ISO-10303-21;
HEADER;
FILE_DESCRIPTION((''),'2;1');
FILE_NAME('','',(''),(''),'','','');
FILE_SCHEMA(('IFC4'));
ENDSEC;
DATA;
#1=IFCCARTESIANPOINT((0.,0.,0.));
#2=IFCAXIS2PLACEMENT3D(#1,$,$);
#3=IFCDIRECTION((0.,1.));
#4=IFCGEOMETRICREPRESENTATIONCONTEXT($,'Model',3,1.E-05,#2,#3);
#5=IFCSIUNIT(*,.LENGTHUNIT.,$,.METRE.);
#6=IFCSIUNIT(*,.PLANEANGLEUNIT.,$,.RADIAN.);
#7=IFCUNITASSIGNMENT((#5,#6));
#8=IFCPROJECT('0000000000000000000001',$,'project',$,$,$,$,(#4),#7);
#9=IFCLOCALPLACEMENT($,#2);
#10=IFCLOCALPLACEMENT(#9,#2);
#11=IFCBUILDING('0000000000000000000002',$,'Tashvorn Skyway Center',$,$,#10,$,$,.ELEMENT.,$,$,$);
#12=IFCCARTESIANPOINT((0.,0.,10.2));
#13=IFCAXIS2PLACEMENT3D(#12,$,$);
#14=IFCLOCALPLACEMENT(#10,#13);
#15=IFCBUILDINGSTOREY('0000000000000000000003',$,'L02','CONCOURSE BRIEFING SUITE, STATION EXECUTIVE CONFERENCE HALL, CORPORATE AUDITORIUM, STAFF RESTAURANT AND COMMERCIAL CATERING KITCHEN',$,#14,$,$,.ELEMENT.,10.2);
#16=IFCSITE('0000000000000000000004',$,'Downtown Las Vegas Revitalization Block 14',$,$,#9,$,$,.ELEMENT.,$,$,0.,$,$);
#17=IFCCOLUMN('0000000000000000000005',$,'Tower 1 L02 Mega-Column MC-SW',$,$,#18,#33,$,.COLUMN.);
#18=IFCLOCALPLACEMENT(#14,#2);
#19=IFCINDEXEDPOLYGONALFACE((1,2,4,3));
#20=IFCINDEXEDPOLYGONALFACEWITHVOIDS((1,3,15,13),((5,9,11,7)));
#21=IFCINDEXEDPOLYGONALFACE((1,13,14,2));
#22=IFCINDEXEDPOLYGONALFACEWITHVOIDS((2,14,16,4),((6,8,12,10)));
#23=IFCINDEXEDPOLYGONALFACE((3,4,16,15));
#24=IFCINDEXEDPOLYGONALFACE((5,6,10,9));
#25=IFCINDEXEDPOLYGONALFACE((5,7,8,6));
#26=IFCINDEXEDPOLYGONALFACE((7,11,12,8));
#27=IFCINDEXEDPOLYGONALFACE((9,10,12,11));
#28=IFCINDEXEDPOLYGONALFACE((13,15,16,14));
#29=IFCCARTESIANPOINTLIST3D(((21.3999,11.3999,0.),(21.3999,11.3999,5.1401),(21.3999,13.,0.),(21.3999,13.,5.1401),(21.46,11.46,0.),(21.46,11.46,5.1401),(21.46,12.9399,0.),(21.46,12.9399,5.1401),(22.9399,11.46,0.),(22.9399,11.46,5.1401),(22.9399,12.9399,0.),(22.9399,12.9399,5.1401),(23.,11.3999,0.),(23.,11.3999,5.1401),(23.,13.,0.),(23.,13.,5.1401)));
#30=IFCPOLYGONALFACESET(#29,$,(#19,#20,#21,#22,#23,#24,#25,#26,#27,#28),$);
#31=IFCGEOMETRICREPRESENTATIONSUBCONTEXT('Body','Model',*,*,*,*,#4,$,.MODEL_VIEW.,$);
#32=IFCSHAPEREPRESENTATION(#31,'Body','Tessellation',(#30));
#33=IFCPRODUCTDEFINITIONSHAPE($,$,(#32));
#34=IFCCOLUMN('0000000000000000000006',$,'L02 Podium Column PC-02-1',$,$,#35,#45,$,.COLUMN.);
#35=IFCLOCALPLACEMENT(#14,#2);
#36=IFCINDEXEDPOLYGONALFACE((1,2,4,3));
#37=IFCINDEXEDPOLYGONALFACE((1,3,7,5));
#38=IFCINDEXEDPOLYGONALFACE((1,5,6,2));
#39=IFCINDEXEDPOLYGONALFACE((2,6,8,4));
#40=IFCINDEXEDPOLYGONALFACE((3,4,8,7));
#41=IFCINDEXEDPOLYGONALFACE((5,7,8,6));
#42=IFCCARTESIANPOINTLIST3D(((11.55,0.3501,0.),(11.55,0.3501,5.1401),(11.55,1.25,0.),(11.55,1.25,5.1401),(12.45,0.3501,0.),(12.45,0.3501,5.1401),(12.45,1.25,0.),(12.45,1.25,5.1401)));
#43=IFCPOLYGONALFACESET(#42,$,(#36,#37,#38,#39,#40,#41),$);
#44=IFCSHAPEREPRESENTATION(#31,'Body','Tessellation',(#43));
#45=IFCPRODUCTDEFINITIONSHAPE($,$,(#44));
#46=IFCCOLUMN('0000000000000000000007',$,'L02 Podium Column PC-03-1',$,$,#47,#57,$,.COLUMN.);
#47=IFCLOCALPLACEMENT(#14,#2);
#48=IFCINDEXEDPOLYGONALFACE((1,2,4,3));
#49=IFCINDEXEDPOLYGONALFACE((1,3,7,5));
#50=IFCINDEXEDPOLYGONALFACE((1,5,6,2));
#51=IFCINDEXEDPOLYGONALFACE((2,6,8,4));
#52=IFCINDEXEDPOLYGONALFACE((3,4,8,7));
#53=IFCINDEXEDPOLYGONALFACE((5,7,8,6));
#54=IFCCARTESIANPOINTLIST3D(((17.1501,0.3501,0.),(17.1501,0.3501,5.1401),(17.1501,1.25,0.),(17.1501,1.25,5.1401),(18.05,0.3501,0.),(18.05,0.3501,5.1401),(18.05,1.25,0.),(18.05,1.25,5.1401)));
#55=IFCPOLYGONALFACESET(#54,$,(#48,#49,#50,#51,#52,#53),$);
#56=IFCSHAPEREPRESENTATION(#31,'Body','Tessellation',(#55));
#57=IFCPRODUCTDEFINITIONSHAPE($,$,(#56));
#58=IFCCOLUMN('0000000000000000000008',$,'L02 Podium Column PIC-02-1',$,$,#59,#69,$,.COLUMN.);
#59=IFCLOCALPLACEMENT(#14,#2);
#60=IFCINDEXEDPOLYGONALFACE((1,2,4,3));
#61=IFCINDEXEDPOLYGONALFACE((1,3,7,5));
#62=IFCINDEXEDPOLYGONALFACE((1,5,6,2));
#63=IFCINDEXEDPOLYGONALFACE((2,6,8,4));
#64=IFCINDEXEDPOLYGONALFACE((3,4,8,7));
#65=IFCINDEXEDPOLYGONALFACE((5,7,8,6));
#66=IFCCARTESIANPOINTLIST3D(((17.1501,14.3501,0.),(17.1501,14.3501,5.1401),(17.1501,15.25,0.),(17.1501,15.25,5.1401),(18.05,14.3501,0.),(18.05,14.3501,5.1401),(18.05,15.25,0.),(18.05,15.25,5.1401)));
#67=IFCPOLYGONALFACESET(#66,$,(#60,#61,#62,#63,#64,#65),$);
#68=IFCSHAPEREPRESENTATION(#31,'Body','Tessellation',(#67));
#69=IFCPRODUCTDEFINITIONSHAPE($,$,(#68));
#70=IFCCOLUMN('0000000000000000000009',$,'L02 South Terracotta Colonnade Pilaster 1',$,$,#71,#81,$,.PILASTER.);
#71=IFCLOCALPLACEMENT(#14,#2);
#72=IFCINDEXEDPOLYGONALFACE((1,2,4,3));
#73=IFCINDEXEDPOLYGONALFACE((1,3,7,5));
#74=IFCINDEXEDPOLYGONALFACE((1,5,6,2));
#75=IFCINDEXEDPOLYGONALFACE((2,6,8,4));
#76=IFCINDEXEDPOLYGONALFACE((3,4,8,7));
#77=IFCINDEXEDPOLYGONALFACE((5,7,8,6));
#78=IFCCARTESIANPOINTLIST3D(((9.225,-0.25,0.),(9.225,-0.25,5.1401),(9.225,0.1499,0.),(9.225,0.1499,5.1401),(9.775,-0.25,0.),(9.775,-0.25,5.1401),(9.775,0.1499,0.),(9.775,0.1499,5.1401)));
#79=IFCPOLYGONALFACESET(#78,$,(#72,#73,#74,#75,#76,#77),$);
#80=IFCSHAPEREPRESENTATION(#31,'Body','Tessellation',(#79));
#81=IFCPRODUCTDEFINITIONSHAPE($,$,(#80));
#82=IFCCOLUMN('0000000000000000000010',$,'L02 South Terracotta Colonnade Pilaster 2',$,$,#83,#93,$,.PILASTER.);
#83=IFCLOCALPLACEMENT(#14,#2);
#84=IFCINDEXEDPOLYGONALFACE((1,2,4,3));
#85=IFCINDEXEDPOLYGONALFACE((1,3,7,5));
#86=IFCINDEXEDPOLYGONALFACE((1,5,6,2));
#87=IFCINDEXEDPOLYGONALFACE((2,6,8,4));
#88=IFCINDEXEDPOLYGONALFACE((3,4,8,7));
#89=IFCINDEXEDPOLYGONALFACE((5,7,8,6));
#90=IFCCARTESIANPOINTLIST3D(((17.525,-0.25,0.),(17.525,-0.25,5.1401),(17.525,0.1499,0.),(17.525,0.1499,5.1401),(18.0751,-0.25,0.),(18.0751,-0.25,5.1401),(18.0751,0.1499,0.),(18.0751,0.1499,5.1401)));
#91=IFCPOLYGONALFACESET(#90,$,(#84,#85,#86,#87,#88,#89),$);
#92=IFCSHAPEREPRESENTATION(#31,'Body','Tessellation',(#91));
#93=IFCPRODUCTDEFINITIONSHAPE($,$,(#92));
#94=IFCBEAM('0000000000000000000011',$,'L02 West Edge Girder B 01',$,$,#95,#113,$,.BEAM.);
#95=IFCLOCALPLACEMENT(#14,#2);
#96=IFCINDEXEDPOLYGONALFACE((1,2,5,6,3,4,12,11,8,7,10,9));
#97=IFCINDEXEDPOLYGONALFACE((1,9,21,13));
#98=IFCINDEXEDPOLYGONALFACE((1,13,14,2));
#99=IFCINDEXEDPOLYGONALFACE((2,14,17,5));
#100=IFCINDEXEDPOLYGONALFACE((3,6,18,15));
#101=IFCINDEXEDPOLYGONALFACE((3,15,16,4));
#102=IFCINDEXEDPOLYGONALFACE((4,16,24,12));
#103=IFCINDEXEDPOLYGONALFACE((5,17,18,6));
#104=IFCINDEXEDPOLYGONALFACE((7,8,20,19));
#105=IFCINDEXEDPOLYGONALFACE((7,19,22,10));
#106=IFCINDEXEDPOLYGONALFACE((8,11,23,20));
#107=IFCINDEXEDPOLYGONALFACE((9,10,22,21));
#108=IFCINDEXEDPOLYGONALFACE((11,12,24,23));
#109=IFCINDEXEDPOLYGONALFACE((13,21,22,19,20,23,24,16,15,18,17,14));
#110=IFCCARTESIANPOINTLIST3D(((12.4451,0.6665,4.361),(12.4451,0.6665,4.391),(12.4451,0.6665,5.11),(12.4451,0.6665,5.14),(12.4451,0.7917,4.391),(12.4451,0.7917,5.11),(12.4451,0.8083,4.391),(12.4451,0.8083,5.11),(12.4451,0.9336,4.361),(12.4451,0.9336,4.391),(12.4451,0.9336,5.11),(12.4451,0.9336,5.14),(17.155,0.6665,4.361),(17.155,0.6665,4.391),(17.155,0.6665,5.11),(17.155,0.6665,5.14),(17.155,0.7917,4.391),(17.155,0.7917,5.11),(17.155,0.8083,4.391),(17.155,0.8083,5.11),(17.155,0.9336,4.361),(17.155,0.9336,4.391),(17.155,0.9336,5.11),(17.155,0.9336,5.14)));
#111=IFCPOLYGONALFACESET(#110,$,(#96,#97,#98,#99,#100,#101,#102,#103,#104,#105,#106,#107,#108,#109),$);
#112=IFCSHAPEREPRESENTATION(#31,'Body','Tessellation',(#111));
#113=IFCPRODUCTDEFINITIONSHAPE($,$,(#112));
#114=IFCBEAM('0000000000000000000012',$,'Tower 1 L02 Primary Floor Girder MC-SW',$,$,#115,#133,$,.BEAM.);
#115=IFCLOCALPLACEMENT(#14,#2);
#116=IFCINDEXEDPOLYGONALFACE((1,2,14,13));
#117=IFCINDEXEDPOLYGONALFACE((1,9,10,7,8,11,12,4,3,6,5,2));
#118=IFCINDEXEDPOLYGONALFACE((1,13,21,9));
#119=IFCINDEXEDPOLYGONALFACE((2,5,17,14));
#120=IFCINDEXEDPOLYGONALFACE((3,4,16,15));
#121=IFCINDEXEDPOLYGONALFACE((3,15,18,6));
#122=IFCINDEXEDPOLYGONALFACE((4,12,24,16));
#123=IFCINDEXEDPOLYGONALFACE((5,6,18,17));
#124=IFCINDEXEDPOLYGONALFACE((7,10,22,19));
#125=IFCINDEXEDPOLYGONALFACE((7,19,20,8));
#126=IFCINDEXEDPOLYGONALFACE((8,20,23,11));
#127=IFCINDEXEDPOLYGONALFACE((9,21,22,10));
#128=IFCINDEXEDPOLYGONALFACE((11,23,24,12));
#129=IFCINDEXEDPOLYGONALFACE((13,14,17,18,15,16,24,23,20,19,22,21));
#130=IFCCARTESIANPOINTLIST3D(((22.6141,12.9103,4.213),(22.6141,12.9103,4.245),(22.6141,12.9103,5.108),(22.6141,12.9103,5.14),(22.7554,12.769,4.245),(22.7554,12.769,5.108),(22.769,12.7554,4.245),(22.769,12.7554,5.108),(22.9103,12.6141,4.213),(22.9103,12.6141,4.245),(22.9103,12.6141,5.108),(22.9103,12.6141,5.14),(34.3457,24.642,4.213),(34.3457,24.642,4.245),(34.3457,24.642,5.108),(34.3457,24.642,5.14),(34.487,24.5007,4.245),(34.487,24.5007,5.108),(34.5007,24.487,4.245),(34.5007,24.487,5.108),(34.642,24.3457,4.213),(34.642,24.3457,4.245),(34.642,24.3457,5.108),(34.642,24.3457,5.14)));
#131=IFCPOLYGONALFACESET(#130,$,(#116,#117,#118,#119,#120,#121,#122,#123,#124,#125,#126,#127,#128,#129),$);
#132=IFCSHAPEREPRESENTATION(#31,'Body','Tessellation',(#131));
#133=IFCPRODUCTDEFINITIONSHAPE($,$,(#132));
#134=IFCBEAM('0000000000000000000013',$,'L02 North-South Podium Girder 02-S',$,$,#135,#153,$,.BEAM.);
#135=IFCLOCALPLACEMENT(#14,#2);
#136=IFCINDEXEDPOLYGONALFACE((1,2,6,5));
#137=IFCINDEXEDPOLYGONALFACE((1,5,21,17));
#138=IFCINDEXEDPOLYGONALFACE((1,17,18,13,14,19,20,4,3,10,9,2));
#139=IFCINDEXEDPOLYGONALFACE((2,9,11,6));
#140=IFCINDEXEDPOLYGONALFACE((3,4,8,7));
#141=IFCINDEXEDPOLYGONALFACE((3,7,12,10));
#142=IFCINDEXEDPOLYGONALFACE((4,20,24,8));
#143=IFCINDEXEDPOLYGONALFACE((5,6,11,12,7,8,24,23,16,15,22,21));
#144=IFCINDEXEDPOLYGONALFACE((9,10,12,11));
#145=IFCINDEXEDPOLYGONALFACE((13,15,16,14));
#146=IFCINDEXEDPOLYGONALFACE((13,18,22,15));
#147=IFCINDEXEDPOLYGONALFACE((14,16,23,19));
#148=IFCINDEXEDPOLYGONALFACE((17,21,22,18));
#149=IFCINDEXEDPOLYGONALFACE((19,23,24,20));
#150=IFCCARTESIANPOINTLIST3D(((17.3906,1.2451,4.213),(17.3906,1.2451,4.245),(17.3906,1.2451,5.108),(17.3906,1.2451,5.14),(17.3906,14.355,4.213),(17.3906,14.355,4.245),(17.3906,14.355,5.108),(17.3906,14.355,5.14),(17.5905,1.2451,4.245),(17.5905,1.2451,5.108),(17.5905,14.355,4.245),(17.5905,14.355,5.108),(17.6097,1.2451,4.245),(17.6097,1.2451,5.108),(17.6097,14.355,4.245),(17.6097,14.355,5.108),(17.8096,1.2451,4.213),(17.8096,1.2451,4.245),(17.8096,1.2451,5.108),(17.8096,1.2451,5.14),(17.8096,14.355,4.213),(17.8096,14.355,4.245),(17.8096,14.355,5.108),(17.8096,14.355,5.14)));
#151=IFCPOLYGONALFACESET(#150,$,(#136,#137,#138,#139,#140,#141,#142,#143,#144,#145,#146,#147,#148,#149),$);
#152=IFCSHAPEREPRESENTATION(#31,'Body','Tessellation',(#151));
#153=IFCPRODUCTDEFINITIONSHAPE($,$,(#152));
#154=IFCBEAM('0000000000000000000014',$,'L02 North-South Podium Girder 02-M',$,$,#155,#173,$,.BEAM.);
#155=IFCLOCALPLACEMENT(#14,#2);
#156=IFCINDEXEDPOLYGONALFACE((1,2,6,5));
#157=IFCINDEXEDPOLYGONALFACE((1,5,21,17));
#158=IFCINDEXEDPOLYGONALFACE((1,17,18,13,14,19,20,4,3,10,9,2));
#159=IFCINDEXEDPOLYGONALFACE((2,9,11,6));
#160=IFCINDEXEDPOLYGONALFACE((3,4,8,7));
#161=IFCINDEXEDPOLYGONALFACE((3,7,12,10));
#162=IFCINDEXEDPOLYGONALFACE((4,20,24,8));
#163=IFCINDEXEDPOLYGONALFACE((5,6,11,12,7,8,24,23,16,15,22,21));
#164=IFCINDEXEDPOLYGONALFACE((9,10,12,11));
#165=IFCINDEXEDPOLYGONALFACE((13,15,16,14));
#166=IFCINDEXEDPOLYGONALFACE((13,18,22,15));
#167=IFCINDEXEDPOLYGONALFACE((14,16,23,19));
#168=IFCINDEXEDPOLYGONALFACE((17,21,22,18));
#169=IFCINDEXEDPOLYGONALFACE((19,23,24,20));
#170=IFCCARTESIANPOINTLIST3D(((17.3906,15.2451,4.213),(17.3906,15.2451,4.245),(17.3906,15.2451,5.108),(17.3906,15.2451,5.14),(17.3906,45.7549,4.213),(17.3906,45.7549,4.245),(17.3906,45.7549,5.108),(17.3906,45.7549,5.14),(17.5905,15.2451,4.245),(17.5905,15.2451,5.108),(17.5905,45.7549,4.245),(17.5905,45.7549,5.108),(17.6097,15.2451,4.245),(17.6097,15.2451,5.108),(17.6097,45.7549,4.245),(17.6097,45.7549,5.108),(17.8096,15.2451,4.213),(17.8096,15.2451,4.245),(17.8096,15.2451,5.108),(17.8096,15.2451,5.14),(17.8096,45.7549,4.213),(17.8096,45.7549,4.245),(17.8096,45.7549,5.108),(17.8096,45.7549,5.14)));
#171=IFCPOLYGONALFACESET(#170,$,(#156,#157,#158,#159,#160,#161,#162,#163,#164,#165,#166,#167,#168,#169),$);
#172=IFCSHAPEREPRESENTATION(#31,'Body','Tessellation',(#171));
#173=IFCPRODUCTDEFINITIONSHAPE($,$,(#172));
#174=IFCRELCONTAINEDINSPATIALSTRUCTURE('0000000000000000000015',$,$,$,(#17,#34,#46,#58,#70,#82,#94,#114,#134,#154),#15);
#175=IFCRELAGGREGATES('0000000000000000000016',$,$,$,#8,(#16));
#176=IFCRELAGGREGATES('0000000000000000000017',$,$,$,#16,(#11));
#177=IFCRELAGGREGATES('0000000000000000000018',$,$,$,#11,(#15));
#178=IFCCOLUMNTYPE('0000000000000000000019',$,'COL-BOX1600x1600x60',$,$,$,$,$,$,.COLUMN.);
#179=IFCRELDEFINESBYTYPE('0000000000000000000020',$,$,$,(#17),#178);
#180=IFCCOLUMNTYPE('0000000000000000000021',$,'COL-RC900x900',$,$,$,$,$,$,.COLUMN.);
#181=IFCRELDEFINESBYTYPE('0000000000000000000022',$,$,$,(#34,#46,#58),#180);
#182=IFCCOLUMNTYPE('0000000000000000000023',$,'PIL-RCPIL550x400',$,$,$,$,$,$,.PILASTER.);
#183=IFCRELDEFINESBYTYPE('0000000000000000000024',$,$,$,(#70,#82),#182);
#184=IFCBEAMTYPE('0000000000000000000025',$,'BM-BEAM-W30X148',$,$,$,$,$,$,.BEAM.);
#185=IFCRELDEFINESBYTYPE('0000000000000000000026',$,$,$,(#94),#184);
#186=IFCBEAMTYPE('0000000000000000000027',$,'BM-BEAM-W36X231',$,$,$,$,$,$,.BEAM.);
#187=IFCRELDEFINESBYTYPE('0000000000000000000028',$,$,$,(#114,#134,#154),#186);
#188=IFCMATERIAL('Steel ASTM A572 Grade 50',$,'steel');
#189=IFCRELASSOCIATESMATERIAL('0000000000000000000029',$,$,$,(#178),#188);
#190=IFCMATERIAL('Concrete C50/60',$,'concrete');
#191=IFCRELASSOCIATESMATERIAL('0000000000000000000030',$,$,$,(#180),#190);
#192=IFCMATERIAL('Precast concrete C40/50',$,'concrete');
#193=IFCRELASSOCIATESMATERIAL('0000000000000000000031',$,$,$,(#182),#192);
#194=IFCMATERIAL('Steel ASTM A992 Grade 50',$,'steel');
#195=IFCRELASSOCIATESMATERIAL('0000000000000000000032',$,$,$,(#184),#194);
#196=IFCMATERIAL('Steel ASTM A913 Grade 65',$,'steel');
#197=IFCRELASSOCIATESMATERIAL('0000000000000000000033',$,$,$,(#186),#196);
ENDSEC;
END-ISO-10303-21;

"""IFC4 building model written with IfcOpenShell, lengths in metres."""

from ifc_helpers import new_model, si_unit, direction, frame, origin, origin_2d, place, context, subcontext, project, spatial, rectangle, hollow_rectangle, i_section, extrude, material, material_profile, profile_set, type_object, element, save


model = new_model("IFC4")

# Units and contexts
model_context = context("Model", 3, precision=1e-05, world=origin(), true_north=direction((0.0, 1.0)))
body_context = subcontext(model_context, "Body", "Model", "MODEL_VIEW")
ifc_project = project(units=[si_unit("LENGTHUNIT", "METRE"), si_unit("PLANEANGLEUNIT", "RADIAN")], contexts=[model_context])

# Site, building, storey
site_placement = place(None, origin())
site = spatial("IfcSite", under=ifc_project, at=site_placement, Name="Downtown Las Vegas Revitalization Block 14", CompositionType="ELEMENT", RefElevation=0.0)
building_placement = place(site_placement, origin())
building = spatial("IfcBuilding", under=site, at=building_placement, Name="Tashvorn Skyway Center", CompositionType="ELEMENT")
storey_placement = place(building_placement, frame((0.0, 0.0, 10.2)))
storey = spatial("IfcBuildingStorey", under=building, at=storey_placement, Name="L02", Description="CONCOURSE BRIEFING SUITE, STATION EXECUTIVE CONFERENCE HALL, CORPORATE AUDITORIUM, STAFF RESTAURANT AND COMMERCIAL CATERING KITCHEN", CompositionType="ELEMENT", Elevation=10.2)

# Columns
ifc_material_1 = material(Name="Steel ASTM A572 Grade 50", Category="steel")
ifc_material_profile_1 = material_profile(ifc_material_1, hollow_rectangle(XDim=1.6001, YDim=1.6001, WallThickness=0.0601, at=origin_2d()), Name="BOX1600x1600x60")
ifc_profile_set_1 = profile_set([ifc_material_profile_1], Name="Steel ASTM A572 Grade 50")
column_type_1 = type_object("IfcColumnType", Name="COL-BOX1600x1600x60", PredefinedType="COLUMN", material=ifc_profile_set_1)
column_placement = place(storey_placement, frame((22.2, 12.2, 0.0), z_axis=(0.0, 0.0, 1.0), x_axis=(1.0, 0.0, 0.0)))
element("IfcColumn", 1, at=column_placement, inside=storey, type_object=column_type_1, Name="Tower 1 L02 Mega-Column MC-SW", PredefinedType="COLUMN", context=body_context, shape_type="SweptSolid", body=[
    extrude(hollow_rectangle(XDim=1.6001, YDim=1.6001, WallThickness=0.0601, at=origin_2d()), origin(), (0.0, 0.0, 1.0), 5.1401),
])
ifc_material_2 = material(Name="Concrete C50/60", Category="concrete")
ifc_material_profile_2 = material_profile(ifc_material_2, rectangle(XDim=0.8999, YDim=0.8999, at=origin_2d()), Name="RC900x900")
ifc_profile_set_2 = profile_set([ifc_material_profile_2], Name="Concrete C50/60")
column_type_2 = type_object("IfcColumnType", Name="COL-RC900x900", PredefinedType="COLUMN", material=ifc_profile_set_2)
for number, where, z_axis, x_axis, name in (
    (2, (12.0, 0.8, 0.0), (0.0, 0.0, 1.0), (1.0, 0.0, 0.0), "L02 Podium Column PC-02-1"),
    (3, (17.6001, 0.8, 0.0), (0.0, 0.0, 1.0), (1.0, 0.0, 0.0), "L02 Podium Column PC-03-1"),
    (4, (17.6001, 14.8, 0.0), (0.0, 0.0, 1.0), (1.0, 0.0, 0.0), "L02 Podium Column PIC-02-1"),
):
    element("IfcColumn", number, at=place(storey_placement, frame(where, z_axis=z_axis, x_axis=x_axis)), inside=storey, type_object=column_type_2, Name=name, PredefinedType="COLUMN", context=body_context, shape_type="SweptSolid", body=[
        extrude(rectangle(XDim=0.8999, YDim=0.8999, at=origin_2d()), origin(), (0.0, 0.0, 1.0), 5.1401),
    ])
ifc_material_3 = material(Name="Precast concrete C40/50", Category="concrete")
ifc_material_profile_3 = material_profile(ifc_material_3, rectangle(XDim=0.55, YDim=0.3999, at=origin_2d()), Name="RCPIL550x400")
ifc_profile_set_3 = profile_set([ifc_material_profile_3], Name="Precast concrete C40/50")
column_type_3 = type_object("IfcColumnType", Name="PIL-RCPIL550x400", PredefinedType="PILASTER", material=ifc_profile_set_3)
for number, where, z_axis, x_axis, name in (
    (5, (9.5, -0.05, 0.0), (0.0, 0.0, 1.0), (1.0, 0.0, 0.0), "L02 South Terracotta Colonnade Pilaster 1"),
    (6, (17.8, -0.05, 0.0), (0.0, 0.0, 1.0), (1.0, 0.0, 0.0), "L02 South Terracotta Colonnade Pilaster 2"),
):
    element("IfcColumn", number, at=place(storey_placement, frame(where, z_axis=z_axis, x_axis=x_axis)), inside=storey, type_object=column_type_3, Name=name, PredefinedType="PILASTER", context=body_context, shape_type="SweptSolid", body=[
        extrude(rectangle(XDim=0.55, YDim=0.3999, at=origin_2d()), origin(), (0.0, 0.0, 1.0), 5.1401),
    ])

# Beams
ifc_material_4 = material(Name="Steel ASTM A992 Grade 50", Category="steel")
ifc_material_profile_4 = material_profile(ifc_material_4, i_section(OverallWidth=0.2671, OverallDepth=0.7791, WebThickness=0.0166, FlangeThickness=0.03, at=origin_2d()), Name="W30X148")
ifc_profile_set_4 = profile_set([ifc_material_profile_4], Name="Steel ASTM A992 Grade 50")
beam_type_1 = type_object("IfcBeamType", Name="BM-BEAM-W30X148", PredefinedType="BEAM", material=ifc_profile_set_4)
beam_1_placement = place(storey_placement, frame((12.4451, 0.8, 4.7505), z_axis=(1.0, 0.0, 0.0), x_axis=(0.0, 1.0, 0.0)))
element("IfcBeam", 7, at=beam_1_placement, inside=storey, type_object=beam_type_1, Name="L02 West Edge Girder B 01", PredefinedType="BEAM", context=body_context, shape_type="SweptSolid", body=[
    extrude(i_section(OverallWidth=0.2671, OverallDepth=0.7791, WebThickness=0.0166, FlangeThickness=0.03, at=origin_2d()), origin(), (0.0, 0.0, 1.0), 4.71),
])
ifc_material_5 = material(Name="Steel ASTM A913 Grade 65", Category="steel")
ifc_material_profile_5 = material_profile(ifc_material_5, i_section(OverallWidth=0.4189, OverallDepth=0.927, WebThickness=0.0193, FlangeThickness=0.032, at=origin_2d()), Name="W36X231")
ifc_profile_set_5 = profile_set([ifc_material_profile_5], Name="Steel ASTM A913 Grade 65")
beam_type_2 = type_object("IfcBeamType", Name="BM-BEAM-W36X231", PredefinedType="BEAM", material=ifc_profile_set_5)
beam_2_placement = place(storey_placement, frame((22.7622, 12.7622, 4.6765), z_axis=(0.707107, 0.707107, 0.0), x_axis=(-0.707107, 0.707107, 0.0)))
element("IfcBeam", 8, at=beam_2_placement, inside=storey, type_object=beam_type_2, Name="Tower 1 L02 Primary Floor Girder MC-SW", PredefinedType="BEAM", context=body_context, shape_type="SweptSolid", body=[
    extrude(i_section(OverallWidth=0.4189, OverallDepth=0.927, WebThickness=0.0193, FlangeThickness=0.032, at=origin_2d()), origin(), (0.0, 0.0, 1.0), 16.5911),
])
beam_3_placement = place(storey_placement, frame((17.6001, 1.2451, 4.6765), z_axis=(0.0, 1.0, 0.0), x_axis=(-1.0, 0.0, 0.0)))
element("IfcBeam", 9, at=beam_3_placement, inside=storey, type_object=beam_type_2, Name="L02 North-South Podium Girder 02-S", PredefinedType="BEAM", context=body_context, shape_type="SweptSolid", body=[
    extrude(i_section(OverallWidth=0.4189, OverallDepth=0.927, WebThickness=0.0193, FlangeThickness=0.032, at=origin_2d()), origin(), (0.0, 0.0, 1.0), 13.1099),
])
beam_4_placement = place(storey_placement, frame((17.6001, 15.2451, 4.6765), z_axis=(0.0, 1.0, 0.0), x_axis=(-1.0, 0.0, 0.0)))
element("IfcBeam", 10, at=beam_4_placement, inside=storey, type_object=beam_type_2, Name="L02 North-South Podium Girder 02-M", PredefinedType="BEAM", context=body_context, shape_type="SweptSolid", body=[
    extrude(i_section(OverallWidth=0.4189, OverallDepth=0.927, WebThickness=0.0193, FlangeThickness=0.032, at=origin_2d()), origin(), (0.0, 0.0, 1.0), 30.5098),
])

save(model, "model.ifc")
